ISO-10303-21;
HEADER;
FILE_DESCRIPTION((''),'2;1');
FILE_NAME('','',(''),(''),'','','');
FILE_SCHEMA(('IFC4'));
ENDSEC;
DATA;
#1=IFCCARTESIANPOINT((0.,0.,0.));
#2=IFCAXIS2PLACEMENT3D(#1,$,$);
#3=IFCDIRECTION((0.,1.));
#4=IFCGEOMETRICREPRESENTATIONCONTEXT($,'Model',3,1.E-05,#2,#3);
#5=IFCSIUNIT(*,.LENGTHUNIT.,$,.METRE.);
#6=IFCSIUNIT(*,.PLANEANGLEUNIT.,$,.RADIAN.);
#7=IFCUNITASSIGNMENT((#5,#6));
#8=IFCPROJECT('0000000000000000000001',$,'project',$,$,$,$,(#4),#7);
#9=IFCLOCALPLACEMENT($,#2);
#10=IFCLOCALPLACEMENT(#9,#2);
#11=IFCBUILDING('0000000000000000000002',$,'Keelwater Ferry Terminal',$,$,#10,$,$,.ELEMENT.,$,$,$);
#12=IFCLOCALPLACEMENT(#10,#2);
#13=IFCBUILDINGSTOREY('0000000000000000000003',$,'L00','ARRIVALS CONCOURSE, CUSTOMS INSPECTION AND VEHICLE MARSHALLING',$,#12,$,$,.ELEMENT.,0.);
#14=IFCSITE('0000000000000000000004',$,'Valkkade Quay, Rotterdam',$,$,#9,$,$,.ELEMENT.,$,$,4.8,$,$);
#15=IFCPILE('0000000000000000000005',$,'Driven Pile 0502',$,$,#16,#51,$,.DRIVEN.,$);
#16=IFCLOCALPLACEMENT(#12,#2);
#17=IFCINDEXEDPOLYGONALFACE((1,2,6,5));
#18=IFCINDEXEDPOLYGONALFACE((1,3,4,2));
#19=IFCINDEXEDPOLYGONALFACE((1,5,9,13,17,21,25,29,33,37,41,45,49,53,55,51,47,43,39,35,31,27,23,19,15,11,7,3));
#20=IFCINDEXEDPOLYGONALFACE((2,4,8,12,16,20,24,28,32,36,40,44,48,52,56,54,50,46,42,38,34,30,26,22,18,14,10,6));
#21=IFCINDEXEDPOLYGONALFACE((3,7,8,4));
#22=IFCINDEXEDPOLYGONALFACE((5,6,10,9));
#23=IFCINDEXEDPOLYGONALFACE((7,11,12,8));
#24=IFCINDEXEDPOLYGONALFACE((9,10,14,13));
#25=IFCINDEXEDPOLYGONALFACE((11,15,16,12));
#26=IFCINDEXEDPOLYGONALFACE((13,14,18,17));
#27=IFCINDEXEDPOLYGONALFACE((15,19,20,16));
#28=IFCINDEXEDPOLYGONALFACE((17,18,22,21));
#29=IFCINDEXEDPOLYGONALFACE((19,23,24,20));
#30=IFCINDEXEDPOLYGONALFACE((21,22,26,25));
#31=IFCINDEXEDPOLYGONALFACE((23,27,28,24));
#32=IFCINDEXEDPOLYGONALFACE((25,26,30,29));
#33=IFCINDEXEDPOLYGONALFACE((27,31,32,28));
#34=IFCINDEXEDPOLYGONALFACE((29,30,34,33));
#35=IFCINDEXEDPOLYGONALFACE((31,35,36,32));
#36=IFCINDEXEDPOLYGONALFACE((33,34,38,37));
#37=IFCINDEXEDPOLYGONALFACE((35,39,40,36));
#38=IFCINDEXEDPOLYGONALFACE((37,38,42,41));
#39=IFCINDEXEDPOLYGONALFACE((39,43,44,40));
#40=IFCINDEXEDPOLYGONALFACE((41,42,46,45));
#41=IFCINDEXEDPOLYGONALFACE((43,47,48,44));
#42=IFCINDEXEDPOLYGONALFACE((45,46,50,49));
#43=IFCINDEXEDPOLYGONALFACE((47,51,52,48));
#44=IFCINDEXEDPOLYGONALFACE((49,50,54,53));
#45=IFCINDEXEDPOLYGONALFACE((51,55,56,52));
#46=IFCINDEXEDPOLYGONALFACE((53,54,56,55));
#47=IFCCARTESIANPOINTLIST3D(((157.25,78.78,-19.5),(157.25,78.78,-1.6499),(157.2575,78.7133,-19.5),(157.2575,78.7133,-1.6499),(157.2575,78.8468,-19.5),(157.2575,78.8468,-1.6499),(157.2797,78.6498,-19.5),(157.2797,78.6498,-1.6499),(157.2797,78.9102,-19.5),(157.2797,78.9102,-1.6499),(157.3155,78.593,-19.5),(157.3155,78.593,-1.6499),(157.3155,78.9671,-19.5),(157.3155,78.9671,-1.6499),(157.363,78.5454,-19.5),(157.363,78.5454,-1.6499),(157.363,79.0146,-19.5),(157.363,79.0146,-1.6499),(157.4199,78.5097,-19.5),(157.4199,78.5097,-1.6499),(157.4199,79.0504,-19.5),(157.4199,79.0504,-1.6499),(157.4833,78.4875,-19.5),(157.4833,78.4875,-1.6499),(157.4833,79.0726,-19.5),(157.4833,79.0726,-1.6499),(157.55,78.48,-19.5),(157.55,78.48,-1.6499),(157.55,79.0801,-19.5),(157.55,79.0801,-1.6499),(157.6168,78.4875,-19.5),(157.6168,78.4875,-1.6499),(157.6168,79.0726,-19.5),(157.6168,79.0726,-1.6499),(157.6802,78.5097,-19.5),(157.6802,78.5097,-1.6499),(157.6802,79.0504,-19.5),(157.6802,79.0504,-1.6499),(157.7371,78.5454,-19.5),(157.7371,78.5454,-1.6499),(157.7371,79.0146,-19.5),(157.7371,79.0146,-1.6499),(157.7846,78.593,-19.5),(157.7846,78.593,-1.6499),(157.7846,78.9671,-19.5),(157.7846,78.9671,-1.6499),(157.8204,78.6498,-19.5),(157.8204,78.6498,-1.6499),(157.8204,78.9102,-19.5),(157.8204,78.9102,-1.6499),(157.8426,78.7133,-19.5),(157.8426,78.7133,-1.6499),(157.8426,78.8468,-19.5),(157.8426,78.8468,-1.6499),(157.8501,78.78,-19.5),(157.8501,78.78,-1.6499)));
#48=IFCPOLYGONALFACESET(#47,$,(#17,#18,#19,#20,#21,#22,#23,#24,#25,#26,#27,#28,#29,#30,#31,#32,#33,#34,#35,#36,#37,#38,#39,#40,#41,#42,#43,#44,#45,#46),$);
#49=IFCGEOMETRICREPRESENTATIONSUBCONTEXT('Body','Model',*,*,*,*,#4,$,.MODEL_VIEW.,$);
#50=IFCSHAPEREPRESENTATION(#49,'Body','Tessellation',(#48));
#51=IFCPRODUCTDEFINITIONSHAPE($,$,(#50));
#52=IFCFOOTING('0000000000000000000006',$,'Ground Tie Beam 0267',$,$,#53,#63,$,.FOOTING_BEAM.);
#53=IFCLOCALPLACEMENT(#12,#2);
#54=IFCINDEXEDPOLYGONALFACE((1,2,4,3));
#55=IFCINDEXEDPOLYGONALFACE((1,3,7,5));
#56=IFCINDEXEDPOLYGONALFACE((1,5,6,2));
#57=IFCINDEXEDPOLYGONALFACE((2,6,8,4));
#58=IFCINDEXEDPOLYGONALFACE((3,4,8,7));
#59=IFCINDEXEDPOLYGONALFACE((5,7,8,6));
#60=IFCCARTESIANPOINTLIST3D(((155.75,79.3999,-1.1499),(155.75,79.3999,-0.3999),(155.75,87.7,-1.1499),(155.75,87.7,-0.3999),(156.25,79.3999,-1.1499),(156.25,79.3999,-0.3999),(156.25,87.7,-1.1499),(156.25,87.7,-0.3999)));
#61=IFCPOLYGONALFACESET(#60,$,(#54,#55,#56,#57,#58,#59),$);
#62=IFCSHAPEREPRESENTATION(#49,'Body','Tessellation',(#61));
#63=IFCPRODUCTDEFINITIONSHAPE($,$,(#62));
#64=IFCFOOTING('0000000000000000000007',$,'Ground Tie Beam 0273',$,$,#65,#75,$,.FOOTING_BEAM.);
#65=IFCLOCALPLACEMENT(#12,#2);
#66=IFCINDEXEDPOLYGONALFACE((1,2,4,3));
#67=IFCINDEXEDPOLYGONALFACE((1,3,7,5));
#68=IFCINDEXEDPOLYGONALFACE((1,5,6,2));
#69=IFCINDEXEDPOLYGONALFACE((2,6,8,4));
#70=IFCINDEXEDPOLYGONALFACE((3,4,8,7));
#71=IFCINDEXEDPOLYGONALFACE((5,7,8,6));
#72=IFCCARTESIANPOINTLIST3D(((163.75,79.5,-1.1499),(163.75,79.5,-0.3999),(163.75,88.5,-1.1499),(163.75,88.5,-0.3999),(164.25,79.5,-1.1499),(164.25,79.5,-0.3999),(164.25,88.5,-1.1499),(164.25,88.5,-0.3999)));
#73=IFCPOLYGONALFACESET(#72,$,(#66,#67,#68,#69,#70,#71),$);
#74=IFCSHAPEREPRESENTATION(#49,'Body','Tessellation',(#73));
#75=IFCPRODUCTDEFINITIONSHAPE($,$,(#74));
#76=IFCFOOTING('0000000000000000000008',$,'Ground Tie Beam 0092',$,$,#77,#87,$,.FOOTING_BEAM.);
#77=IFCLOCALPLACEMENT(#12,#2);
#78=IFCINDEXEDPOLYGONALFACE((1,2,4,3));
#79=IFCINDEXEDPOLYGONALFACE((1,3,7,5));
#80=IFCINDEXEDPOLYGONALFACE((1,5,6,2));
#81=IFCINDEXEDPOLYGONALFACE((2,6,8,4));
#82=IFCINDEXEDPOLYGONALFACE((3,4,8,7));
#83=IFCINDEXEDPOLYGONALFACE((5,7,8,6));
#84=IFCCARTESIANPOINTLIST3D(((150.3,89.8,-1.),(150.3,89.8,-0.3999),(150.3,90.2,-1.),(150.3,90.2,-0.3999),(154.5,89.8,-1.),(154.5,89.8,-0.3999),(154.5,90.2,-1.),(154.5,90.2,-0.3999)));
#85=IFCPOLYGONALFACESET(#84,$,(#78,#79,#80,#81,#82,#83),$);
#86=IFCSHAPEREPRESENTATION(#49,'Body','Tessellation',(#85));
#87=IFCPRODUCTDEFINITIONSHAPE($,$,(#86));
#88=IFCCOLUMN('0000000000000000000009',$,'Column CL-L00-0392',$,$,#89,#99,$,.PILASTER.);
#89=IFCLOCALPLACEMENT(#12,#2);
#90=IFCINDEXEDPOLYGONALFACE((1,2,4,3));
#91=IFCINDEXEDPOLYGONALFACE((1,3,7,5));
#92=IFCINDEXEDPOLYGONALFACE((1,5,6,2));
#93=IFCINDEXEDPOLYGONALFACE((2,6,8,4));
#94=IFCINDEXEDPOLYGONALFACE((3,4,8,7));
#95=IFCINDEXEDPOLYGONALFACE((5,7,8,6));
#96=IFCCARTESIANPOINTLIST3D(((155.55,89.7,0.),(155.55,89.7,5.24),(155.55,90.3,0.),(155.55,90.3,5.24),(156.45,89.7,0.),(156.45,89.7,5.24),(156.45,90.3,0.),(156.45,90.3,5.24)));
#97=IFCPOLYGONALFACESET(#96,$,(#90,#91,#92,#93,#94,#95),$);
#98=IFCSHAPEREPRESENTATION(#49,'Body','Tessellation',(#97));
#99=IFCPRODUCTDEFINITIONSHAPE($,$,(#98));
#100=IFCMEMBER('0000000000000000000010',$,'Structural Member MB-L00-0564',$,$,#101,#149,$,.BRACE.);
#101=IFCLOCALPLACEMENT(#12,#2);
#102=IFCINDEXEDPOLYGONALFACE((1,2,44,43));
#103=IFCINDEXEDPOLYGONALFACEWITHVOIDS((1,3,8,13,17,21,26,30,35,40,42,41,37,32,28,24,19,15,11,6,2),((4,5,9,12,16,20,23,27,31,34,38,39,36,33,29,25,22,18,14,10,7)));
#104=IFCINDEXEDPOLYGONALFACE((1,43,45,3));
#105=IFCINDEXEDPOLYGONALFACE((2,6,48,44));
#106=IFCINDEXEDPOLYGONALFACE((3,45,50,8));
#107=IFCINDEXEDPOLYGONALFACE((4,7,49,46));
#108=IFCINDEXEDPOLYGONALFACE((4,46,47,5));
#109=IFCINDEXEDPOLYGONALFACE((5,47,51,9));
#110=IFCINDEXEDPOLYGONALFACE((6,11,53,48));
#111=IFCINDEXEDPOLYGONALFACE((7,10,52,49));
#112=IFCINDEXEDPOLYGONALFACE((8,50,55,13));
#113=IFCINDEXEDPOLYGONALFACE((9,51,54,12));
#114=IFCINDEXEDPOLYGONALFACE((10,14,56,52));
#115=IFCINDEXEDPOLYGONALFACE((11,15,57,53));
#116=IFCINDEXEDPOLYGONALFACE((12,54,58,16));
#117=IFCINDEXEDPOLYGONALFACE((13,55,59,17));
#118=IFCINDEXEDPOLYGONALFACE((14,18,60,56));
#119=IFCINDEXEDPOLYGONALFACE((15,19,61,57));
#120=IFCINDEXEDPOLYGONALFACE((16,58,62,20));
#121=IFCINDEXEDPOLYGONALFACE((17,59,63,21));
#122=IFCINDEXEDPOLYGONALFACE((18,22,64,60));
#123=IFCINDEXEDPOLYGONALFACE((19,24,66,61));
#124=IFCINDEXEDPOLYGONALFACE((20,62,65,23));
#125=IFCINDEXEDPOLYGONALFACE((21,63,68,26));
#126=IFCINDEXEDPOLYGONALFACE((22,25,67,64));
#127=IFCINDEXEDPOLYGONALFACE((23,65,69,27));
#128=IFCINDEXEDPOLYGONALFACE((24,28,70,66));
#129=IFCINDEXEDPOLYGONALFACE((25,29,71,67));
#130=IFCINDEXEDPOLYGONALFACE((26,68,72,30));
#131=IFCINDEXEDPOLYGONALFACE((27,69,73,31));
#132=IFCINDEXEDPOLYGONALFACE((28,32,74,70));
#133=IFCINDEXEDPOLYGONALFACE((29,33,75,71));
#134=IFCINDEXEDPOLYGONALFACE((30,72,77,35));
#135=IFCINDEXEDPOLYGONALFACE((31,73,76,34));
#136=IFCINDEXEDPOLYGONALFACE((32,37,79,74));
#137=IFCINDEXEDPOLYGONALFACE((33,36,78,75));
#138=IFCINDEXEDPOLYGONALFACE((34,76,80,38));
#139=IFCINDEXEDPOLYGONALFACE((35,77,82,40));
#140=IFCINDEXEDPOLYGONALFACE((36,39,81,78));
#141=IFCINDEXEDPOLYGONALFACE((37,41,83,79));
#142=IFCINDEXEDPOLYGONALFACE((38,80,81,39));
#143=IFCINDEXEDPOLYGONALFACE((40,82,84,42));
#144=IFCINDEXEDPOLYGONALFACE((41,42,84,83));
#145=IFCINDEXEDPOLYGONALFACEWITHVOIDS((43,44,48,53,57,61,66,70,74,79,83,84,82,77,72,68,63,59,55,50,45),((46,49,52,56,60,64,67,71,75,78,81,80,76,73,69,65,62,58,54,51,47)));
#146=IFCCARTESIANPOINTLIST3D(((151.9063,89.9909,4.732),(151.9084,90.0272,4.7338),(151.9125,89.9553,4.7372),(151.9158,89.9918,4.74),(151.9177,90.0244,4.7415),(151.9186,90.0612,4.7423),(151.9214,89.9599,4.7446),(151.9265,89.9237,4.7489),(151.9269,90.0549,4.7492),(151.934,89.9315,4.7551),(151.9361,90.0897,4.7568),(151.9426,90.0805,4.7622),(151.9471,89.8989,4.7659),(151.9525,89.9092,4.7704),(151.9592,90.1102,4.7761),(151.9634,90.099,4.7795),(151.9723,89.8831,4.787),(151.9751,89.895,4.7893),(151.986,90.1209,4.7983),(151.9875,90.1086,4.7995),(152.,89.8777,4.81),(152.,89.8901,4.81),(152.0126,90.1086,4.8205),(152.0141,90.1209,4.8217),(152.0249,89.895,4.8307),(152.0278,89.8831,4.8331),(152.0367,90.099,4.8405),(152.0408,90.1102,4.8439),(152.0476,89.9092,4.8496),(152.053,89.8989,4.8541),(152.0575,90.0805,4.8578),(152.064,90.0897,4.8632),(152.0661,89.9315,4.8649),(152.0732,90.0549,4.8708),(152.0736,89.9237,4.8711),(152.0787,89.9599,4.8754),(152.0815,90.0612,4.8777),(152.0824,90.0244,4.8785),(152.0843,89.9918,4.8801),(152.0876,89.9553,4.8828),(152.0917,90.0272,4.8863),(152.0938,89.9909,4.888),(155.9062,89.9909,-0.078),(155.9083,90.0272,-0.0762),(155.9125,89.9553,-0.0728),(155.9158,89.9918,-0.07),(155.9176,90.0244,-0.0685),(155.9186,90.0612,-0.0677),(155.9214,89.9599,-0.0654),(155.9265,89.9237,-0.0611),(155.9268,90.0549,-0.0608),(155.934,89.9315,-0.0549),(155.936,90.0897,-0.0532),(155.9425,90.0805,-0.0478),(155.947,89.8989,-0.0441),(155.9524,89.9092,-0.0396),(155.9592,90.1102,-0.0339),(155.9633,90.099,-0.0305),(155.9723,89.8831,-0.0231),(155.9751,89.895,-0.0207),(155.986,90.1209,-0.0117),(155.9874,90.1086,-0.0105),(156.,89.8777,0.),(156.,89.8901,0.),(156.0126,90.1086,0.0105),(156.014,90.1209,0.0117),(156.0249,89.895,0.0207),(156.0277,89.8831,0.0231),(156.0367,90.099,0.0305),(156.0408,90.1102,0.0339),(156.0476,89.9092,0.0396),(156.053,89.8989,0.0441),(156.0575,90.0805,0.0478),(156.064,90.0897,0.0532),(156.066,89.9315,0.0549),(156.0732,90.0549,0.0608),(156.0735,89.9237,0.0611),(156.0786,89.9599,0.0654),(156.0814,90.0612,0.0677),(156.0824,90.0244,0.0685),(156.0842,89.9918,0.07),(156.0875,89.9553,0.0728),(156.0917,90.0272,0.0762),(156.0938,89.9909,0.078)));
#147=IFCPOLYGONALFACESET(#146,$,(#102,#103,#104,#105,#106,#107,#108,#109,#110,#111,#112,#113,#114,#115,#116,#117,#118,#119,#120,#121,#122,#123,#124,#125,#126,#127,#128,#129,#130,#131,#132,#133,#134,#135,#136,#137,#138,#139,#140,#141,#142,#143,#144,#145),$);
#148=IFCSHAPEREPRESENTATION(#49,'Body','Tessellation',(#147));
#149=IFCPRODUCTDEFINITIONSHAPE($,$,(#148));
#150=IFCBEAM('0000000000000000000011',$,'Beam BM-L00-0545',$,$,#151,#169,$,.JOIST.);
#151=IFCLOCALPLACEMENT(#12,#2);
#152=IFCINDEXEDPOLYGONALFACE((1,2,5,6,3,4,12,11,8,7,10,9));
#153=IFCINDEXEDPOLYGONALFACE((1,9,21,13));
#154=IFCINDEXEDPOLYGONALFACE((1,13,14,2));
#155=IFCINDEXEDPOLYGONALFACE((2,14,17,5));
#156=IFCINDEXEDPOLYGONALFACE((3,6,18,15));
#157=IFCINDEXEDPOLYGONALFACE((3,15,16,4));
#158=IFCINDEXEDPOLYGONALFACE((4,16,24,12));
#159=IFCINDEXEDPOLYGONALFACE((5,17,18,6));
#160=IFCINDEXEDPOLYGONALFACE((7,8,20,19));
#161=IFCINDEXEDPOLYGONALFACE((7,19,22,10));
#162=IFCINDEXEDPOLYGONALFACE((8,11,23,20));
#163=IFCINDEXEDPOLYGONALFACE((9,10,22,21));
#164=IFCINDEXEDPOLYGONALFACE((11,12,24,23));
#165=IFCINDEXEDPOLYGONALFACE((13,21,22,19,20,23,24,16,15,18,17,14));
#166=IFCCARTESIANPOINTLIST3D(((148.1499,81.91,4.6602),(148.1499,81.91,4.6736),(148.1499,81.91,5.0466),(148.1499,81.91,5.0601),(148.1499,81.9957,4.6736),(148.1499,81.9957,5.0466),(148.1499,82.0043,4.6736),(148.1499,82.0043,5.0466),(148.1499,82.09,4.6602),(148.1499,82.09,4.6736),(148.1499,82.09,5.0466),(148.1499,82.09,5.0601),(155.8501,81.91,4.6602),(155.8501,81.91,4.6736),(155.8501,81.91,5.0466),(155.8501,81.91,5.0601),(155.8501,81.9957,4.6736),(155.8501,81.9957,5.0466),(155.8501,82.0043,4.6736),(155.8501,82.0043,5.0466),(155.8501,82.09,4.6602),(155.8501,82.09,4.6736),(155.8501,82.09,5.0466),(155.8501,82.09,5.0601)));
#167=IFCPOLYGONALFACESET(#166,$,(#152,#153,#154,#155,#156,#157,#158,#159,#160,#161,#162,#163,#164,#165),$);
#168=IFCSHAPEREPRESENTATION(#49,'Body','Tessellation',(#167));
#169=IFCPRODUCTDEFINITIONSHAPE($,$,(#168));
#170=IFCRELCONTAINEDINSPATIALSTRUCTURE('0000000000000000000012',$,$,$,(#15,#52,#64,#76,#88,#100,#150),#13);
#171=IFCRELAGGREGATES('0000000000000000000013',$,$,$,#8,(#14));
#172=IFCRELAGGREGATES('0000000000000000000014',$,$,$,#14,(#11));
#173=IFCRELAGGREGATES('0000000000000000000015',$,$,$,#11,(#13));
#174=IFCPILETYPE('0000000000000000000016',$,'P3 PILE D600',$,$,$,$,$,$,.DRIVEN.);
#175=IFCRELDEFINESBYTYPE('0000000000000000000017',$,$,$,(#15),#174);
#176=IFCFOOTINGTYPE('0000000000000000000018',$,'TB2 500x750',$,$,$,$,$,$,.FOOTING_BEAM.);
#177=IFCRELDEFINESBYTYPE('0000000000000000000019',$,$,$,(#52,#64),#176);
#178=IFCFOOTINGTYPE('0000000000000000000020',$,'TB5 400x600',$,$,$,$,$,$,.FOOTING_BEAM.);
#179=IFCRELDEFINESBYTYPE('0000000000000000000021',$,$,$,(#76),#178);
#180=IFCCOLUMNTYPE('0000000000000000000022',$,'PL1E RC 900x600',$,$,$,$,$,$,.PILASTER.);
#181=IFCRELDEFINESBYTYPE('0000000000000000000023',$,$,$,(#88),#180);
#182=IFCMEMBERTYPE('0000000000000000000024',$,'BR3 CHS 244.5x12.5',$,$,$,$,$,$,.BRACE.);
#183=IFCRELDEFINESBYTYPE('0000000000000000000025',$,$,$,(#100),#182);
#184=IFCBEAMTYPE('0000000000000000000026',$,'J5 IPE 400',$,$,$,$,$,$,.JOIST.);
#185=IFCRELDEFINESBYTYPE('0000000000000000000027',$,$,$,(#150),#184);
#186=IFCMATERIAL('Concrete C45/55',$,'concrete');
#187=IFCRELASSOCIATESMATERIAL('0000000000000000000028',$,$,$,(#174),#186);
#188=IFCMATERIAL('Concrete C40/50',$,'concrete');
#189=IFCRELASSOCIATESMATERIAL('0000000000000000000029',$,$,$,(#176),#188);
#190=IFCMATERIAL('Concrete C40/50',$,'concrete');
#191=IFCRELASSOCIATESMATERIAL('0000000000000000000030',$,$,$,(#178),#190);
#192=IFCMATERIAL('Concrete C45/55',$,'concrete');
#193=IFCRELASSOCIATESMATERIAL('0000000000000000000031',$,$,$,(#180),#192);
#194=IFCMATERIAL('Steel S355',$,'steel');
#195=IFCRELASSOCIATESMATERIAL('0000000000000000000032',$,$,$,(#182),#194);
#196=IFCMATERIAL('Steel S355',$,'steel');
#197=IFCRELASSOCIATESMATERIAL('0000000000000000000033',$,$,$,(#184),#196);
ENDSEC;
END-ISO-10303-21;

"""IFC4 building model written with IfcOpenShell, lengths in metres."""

from ifc_helpers import new_model, si_unit, direction, frame, origin, origin_2d, place, context, subcontext, project, spatial, rectangle, circle, hollow_circle, i_section, extrude, material, material_profile, profile_set, type_object, element, save


model = new_model("IFC4")

# Units and contexts
model_context = context("Model", 3, precision=1e-05, world=origin(), true_north=direction((0.0, 1.0)))
body_context = subcontext(model_context, "Body", "Model", "MODEL_VIEW")
ifc_project = project(units=[si_unit("LENGTHUNIT", "METRE"), si_unit("PLANEANGLEUNIT", "RADIAN")], contexts=[model_context])

# Site, building, storey
site_placement = place(None, origin())
site = spatial("IfcSite", under=ifc_project, at=site_placement, Name="Valkkade Quay, Rotterdam", CompositionType="ELEMENT", RefElevation=4.8)
building_placement = place(site_placement, origin())
building = spatial("IfcBuilding", under=site, at=building_placement, Name="Keelwater Ferry Terminal", CompositionType="ELEMENT")
storey_placement = place(building_placement, origin())
storey = spatial("IfcBuildingStorey", under=building, at=storey_placement, Name="L00", Description="ARRIVALS CONCOURSE, CUSTOMS INSPECTION AND VEHICLE MARSHALLING", CompositionType="ELEMENT", Elevation=0.0)

# Pile
ifc_material_1 = material(Name="Concrete C45/55", Category="concrete")
ifc_material_profile_1 = material_profile(ifc_material_1, circle(Radius=0.3, at=origin_2d()), Name="PILE D600")
ifc_profile_set_1 = profile_set([ifc_material_profile_1], Name="Concrete C45/55")
pile_type_1 = type_object("IfcPileType", Name="P3 PILE D600", PredefinedType="DRIVEN", material=ifc_profile_set_1)
for number, where, z_axis, x_axis, name in (
    (1, (157.55, 78.78, -1.6499), (0.0, 0.0, -1.0), (1.0, 0.0, 0.0), "Driven Pile 0502"),
):
    element("IfcPile", number, at=place(storey_placement, frame(where, z_axis=z_axis, x_axis=x_axis)), inside=storey, type_object=pile_type_1, Name=name, PredefinedType="DRIVEN", context=body_context, shape_type="SweptSolid", body=[
        extrude(circle(Radius=0.3, at=origin_2d()), origin(), (0.0, 0.0, 1.0), 17.8501),
    ])

# Footings
ifc_material_2 = material(Name="Concrete C40/50", Category="concrete")
ifc_material_profile_2 = material_profile(ifc_material_2, rectangle(XDim=0.5, YDim=0.75, at=origin_2d()), Name="TB 500x750")
ifc_profile_set_2 = profile_set([ifc_material_profile_2], Name="Concrete C40/50")
footing_type_1 = type_object("IfcFootingType", Name="TB2 500x750", PredefinedType="FOOTING_BEAM", material=ifc_profile_set_2)
footing_1_placement = place(storey_placement, frame((156.0, 79.3999, -0.7749), z_axis=(0.0, 1.0, 0.0), x_axis=(-1.0, 0.0, 0.0)))
element("IfcFooting", 2, at=footing_1_placement, inside=storey, type_object=footing_type_1, Name="Ground Tie Beam 0267", PredefinedType="FOOTING_BEAM", context=body_context, shape_type="SweptSolid", body=[
    extrude(rectangle(XDim=0.5, YDim=0.75, at=origin_2d()), origin(), (0.0, 0.0, 1.0), 8.3),
])
footing_2_placement = place(storey_placement, frame((164.0, 79.5, -0.7749), z_axis=(0.0, 1.0, 0.0), x_axis=(-1.0, 0.0, 0.0)))
element("IfcFooting", 3, at=footing_2_placement, inside=storey, type_object=footing_type_1, Name="Ground Tie Beam 0273", PredefinedType="FOOTING_BEAM", context=body_context, shape_type="SweptSolid", body=[
    extrude(rectangle(XDim=0.5, YDim=0.75, at=origin_2d()), origin(), (0.0, 0.0, 1.0), 9.0),
])
ifc_material_3 = material(Name="Concrete C40/50", Category="concrete")
ifc_material_profile_3 = material_profile(ifc_material_3, rectangle(XDim=0.3999, YDim=0.6001, at=origin_2d()), Name="TB 400x600")
ifc_profile_set_3 = profile_set([ifc_material_profile_3], Name="Concrete C40/50")
footing_type_2 = type_object("IfcFootingType", Name="TB5 400x600", PredefinedType="FOOTING_BEAM", material=ifc_profile_set_3)
footing_3_placement = place(storey_placement, frame((150.3, 90.0, -0.7), z_axis=(1.0, 0.0, 0.0), x_axis=(0.0, 1.0, 0.0)))
element("IfcFooting", 4, at=footing_3_placement, inside=storey, type_object=footing_type_2, Name="Ground Tie Beam 0092", PredefinedType="FOOTING_BEAM", context=body_context, shape_type="SweptSolid", body=[
    extrude(rectangle(XDim=0.3999, YDim=0.6001, at=origin_2d()), origin(), (0.0, 0.0, 1.0), 4.2),
])

# Column
ifc_material_4 = material(Name="Concrete C45/55", Category="concrete")
ifc_material_profile_4 = material_profile(ifc_material_4, rectangle(XDim=0.6001, YDim=0.8999, at=origin_2d()), Name="RC 900x600")
ifc_profile_set_4 = profile_set([ifc_material_profile_4], Name="Concrete C45/55")
column_type = type_object("IfcColumnType", Name="PL1E RC 900x600", PredefinedType="PILASTER", material=ifc_profile_set_4)
column_placement = place(storey_placement, frame((156.0, 90.0, 0.0), z_axis=(0.0, 0.0, 1.0), x_axis=(0.0, 1.0, 0.0)))
element("IfcColumn", 5, at=column_placement, inside=storey, type_object=column_type, Name="Column CL-L00-0392", PredefinedType="PILASTER", context=body_context, shape_type="SweptSolid", body=[
    extrude(rectangle(XDim=0.6001, YDim=0.8999, at=origin_2d()), origin(), (0.0, 0.0, 1.0), 5.24),
])

# Member
ifc_material_5 = material(Name="Steel S355", Category="steel")
ifc_material_profile_5 = material_profile(ifc_material_5, hollow_circle(Radius=0.1223, WallThickness=0.0125, at=origin_2d()), Name="CHS 244.5x12.5")
ifc_profile_set_5 = profile_set([ifc_material_profile_5], Name="Steel S355")
member_type = type_object("IfcMemberType", Name="BR3 CHS 244.5x12.5", PredefinedType="BRACE", material=ifc_profile_set_5)
member_placement = place(storey_placement, frame((156.0, 90.0, 0.0), z_axis=(-0.639393, 0.0, 0.76888), x_axis=(0.0, -1.0, 0.0)))
element("IfcMember", 6, at=member_placement, inside=storey, type_object=member_type, Name="Structural Member MB-L00-0564", PredefinedType="BRACE", context=body_context, shape_type="SweptSolid", body=[
    extrude(hollow_circle(Radius=0.1223, WallThickness=0.0125, at=origin_2d()), origin(), (0.0, 0.0, 1.0), 6.2559),
])

# Beam
ifc_material_6 = material(Name="Steel S355", Category="steel")
ifc_material_profile_6 = material_profile(ifc_material_6, i_section(OverallWidth=0.1799, OverallDepth=0.3999, WebThickness=0.0085, FlangeThickness=0.0134, at=origin_2d()), Name="IPE 400")
ifc_profile_set_6 = profile_set([ifc_material_profile_6], Name="Steel S355")
beam_type_1 = type_object("IfcBeamType", Name="J5 IPE 400", PredefinedType="JOIST", material=ifc_profile_set_6)
for number, where, z_axis, x_axis, name in (
    (7, (148.1499, 82.0, 4.8601), (1.0, 0.0, 0.0), (0.0, 1.0, 0.0), "Beam BM-L00-0545"),
):
    element("IfcBeam", number, at=place(storey_placement, frame(where, z_axis=z_axis, x_axis=x_axis)), inside=storey, type_object=beam_type_1, Name=name, PredefinedType="JOIST", context=body_context, shape_type="SweptSolid", body=[
        extrude(i_section(OverallWidth=0.1799, OverallDepth=0.3999, WebThickness=0.0085, FlangeThickness=0.0134, at=origin_2d()), origin(), (0.0, 0.0, 1.0), 7.7002),
    ])

save(model, "model.ifc")
